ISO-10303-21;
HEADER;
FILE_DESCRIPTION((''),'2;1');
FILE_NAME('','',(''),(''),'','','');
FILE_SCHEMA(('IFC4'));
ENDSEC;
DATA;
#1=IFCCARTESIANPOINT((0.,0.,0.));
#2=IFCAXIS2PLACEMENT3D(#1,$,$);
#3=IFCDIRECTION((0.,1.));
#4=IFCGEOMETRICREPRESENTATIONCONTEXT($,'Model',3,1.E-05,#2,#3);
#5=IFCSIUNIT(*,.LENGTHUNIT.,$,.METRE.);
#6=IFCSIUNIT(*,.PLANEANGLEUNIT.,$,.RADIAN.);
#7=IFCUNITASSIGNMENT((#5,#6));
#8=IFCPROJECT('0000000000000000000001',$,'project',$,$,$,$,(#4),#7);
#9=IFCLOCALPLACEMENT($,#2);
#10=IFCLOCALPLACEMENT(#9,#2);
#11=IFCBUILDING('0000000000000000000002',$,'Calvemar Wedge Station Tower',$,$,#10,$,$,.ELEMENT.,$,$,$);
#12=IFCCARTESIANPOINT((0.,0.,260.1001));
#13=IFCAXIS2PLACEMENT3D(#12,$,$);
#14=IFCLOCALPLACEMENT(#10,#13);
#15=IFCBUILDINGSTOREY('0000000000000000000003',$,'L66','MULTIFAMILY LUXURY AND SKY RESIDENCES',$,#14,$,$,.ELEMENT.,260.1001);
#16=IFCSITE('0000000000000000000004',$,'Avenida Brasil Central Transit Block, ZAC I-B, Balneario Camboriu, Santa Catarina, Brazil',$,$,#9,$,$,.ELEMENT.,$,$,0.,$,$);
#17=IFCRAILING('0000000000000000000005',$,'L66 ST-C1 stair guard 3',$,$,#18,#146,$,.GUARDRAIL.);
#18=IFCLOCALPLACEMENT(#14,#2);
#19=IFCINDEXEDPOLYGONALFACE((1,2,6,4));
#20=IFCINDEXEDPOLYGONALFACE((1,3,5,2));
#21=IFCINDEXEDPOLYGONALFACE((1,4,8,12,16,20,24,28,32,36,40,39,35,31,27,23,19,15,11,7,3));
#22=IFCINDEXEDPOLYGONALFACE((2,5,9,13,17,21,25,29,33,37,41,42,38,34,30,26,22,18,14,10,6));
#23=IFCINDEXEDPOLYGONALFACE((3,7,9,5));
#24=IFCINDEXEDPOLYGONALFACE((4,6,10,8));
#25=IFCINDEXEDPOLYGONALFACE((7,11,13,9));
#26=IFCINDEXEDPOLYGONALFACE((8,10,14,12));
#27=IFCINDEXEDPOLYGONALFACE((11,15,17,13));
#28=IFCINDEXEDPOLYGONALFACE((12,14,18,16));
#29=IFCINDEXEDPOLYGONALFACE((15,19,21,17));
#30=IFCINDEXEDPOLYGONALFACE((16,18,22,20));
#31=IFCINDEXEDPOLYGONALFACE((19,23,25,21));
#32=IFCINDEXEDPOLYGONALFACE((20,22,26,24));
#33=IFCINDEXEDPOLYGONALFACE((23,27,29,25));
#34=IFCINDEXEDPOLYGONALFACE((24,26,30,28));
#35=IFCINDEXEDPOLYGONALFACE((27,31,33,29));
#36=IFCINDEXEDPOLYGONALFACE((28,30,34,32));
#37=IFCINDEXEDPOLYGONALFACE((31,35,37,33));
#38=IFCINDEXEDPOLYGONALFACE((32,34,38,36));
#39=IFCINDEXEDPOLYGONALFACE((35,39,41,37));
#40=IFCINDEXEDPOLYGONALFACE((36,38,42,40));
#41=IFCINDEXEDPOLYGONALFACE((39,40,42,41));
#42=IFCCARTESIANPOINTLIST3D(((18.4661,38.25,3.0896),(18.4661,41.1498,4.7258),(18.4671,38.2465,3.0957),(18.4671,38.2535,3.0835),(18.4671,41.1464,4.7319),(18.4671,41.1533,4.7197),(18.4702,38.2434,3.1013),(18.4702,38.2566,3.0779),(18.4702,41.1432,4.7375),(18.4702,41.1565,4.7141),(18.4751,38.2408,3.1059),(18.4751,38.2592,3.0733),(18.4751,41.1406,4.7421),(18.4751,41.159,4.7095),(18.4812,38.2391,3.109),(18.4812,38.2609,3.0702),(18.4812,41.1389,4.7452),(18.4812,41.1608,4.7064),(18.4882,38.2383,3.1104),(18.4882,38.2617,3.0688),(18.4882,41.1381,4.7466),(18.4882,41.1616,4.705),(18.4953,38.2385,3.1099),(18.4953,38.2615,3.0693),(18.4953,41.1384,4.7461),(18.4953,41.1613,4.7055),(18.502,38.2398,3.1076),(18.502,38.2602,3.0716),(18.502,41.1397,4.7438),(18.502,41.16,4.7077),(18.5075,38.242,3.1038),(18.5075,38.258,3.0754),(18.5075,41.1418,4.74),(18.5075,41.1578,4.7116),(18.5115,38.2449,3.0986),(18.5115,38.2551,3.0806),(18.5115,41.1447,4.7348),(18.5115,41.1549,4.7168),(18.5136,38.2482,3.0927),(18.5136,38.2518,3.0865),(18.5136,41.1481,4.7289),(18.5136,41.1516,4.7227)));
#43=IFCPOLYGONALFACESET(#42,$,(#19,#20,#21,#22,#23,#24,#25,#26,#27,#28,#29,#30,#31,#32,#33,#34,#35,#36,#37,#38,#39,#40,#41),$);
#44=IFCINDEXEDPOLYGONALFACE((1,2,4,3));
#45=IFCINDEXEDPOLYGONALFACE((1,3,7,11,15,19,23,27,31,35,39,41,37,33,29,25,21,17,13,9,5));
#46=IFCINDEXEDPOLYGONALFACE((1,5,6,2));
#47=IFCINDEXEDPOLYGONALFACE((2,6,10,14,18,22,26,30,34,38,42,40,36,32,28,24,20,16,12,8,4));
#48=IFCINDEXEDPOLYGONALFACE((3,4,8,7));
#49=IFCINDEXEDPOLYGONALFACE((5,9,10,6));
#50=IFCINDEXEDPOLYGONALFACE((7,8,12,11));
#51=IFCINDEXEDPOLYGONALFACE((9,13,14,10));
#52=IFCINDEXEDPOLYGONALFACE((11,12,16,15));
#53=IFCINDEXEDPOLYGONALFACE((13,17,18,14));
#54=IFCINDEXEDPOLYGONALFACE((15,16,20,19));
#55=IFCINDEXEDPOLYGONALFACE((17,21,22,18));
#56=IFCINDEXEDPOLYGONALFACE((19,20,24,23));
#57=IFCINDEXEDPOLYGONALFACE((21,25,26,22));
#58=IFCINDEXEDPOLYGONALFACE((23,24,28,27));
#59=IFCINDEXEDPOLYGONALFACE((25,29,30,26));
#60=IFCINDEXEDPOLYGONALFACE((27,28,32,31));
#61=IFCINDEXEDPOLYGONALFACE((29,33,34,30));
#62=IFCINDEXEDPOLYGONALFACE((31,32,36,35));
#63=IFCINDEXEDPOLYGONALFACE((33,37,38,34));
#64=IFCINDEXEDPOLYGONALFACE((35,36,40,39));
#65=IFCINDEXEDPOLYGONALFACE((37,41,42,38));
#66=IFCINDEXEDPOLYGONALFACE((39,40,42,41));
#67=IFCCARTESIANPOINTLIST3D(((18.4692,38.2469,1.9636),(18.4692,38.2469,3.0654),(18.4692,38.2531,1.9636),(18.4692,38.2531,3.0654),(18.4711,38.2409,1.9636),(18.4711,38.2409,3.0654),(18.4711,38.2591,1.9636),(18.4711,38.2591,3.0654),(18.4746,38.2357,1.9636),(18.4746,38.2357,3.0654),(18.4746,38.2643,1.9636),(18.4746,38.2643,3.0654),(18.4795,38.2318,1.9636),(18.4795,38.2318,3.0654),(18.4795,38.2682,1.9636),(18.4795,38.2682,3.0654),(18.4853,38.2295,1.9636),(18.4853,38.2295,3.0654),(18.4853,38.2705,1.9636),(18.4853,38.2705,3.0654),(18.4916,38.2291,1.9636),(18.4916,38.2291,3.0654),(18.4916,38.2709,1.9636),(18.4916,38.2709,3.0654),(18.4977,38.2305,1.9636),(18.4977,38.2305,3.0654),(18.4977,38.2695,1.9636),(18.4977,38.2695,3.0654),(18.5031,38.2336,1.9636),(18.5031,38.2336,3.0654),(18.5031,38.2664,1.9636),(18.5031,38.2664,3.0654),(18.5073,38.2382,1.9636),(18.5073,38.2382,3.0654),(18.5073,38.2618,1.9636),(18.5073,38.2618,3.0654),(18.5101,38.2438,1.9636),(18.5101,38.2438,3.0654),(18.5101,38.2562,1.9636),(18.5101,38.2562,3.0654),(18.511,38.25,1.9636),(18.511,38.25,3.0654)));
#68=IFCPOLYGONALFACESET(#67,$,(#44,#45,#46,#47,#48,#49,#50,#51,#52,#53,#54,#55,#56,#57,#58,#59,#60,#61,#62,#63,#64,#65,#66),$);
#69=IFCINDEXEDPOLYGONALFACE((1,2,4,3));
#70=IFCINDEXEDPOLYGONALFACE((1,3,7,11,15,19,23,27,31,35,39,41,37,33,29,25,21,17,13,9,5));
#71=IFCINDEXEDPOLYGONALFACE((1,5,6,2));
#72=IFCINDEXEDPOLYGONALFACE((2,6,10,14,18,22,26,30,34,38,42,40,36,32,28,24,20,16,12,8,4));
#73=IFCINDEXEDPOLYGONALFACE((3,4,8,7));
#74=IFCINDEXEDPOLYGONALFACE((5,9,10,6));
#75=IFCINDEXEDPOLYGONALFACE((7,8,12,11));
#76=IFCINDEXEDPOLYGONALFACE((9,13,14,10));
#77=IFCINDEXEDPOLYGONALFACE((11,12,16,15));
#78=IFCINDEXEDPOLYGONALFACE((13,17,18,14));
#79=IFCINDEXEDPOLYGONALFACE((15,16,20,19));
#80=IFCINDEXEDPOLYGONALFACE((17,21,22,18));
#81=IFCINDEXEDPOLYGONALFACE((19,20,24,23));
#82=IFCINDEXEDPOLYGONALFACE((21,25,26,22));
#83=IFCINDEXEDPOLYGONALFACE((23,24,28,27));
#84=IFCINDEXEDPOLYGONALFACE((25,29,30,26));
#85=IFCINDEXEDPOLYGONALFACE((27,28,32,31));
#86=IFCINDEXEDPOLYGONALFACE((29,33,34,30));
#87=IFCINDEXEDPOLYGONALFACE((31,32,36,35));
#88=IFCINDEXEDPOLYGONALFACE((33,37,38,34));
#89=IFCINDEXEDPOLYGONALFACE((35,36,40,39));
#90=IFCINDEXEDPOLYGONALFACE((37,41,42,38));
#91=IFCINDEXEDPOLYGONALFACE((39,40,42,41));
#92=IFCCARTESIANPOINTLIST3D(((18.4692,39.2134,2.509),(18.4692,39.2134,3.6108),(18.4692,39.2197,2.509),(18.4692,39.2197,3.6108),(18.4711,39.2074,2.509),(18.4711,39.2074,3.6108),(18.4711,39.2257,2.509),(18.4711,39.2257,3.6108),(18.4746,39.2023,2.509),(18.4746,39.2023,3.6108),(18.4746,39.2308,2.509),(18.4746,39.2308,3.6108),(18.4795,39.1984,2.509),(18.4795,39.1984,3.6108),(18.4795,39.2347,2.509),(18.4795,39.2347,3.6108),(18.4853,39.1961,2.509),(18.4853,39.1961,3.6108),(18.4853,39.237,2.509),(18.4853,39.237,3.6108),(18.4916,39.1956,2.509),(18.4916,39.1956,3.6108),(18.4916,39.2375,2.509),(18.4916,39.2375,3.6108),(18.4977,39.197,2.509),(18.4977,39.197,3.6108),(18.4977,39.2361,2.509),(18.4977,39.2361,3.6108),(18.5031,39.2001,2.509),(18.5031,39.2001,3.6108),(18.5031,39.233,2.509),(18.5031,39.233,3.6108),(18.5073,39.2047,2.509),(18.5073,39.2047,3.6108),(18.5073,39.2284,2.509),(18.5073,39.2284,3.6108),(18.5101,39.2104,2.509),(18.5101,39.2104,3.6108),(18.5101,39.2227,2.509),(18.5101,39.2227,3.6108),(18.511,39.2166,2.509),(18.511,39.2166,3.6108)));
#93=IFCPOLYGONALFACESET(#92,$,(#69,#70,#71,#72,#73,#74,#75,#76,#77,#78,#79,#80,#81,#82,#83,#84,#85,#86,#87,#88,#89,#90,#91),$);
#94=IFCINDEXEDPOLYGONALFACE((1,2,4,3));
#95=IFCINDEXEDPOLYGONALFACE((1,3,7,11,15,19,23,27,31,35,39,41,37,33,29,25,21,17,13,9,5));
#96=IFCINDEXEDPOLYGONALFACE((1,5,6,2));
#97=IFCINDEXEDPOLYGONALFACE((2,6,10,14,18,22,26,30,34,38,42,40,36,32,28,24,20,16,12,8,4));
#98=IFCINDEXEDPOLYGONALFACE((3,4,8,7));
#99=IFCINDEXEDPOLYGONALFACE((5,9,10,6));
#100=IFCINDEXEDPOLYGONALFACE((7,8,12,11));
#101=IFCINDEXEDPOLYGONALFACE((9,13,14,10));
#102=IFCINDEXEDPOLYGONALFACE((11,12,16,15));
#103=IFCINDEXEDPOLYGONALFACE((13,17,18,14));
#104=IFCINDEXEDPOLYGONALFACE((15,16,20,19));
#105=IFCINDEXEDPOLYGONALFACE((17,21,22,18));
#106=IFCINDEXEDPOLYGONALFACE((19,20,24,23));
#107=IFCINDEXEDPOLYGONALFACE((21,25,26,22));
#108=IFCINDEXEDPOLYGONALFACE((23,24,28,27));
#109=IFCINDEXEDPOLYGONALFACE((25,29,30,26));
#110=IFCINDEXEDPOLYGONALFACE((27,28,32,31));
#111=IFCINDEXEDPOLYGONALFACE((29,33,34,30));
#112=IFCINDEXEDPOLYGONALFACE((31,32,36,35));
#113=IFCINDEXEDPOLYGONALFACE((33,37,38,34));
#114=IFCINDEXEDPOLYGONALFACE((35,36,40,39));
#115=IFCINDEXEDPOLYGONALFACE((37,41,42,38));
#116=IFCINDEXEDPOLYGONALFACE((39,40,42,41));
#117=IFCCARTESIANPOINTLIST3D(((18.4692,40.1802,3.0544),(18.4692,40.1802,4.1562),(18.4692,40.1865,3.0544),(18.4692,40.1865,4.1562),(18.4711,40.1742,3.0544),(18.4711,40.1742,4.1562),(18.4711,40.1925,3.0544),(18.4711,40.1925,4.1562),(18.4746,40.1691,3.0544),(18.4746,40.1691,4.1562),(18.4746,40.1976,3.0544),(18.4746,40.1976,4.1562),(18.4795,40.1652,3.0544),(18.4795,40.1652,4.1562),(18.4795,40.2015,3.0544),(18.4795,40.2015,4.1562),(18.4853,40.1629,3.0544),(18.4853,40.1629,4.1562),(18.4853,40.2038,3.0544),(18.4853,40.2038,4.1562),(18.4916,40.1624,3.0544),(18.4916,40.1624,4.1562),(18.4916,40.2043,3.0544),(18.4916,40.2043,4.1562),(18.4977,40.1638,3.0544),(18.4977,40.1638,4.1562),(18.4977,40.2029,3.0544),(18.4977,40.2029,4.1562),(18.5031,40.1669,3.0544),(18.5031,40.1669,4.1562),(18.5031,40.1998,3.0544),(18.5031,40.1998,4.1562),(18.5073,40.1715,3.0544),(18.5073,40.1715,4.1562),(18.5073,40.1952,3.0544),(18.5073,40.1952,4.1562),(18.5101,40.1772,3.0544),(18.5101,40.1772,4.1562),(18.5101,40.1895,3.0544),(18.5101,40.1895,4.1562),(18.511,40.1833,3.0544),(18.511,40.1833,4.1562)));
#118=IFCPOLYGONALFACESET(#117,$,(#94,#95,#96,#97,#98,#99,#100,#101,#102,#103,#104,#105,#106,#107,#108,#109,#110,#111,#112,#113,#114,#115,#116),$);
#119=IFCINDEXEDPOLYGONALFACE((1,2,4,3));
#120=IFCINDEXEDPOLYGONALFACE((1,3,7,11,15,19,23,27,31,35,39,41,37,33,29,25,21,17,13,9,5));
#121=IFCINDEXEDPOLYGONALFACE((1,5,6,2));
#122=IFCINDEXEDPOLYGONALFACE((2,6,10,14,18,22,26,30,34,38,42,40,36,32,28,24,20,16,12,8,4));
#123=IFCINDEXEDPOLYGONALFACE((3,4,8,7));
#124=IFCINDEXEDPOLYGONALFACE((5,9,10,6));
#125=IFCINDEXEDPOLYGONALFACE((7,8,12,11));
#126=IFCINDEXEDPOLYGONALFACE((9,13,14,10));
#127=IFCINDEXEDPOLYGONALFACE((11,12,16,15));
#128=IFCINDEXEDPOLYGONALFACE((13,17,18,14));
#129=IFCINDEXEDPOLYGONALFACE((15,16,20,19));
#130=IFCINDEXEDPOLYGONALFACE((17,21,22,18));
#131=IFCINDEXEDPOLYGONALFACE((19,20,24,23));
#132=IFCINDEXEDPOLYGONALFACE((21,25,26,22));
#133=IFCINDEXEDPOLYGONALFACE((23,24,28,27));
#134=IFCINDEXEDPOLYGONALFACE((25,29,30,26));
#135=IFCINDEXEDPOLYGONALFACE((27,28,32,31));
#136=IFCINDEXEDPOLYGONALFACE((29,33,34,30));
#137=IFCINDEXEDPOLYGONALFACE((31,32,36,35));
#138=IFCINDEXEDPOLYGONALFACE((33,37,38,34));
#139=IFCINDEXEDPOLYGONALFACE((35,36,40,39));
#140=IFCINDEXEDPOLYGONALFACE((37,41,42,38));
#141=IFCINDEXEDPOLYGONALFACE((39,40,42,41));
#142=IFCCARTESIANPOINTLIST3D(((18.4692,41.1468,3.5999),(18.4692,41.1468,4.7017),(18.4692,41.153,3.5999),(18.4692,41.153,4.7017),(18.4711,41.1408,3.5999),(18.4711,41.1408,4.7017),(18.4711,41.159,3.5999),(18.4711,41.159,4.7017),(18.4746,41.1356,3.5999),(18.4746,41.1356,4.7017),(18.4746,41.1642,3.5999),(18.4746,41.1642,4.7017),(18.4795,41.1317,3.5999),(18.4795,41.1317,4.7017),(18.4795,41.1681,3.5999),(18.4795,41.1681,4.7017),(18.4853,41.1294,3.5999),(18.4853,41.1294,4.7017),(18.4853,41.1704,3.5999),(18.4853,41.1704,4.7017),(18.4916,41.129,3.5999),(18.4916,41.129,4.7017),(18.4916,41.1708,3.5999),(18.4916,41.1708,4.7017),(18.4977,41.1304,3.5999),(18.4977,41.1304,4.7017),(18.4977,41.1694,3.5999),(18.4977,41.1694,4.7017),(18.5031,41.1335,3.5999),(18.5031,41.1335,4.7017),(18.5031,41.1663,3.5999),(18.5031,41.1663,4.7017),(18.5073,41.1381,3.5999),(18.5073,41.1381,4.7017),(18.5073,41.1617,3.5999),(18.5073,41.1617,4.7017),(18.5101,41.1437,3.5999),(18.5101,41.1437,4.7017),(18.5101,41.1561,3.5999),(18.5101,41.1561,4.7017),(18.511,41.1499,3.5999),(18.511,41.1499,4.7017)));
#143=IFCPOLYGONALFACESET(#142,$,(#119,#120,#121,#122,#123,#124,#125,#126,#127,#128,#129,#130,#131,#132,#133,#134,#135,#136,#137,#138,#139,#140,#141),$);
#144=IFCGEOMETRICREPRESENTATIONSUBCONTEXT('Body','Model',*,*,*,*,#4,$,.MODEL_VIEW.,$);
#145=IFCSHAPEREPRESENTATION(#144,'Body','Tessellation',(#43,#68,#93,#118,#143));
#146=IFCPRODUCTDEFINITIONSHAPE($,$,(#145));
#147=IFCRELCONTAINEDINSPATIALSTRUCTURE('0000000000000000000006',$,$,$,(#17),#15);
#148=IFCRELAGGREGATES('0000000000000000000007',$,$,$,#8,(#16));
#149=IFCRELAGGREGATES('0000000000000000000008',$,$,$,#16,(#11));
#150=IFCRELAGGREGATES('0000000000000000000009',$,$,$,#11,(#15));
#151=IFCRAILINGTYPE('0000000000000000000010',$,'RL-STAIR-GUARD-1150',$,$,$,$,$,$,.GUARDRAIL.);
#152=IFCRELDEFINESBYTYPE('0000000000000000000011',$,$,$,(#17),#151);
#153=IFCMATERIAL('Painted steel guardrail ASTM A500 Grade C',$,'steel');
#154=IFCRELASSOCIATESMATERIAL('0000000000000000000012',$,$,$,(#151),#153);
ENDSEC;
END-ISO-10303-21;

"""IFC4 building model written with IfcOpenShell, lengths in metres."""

from ifc_helpers import new_model, si_unit, direction, frame, origin, origin_2d, place, context, subcontext, project, spatial, circle, extrude, material, type_object, element, save


model = new_model("IFC4")

# Units and contexts
model_context = context("Model", 3, precision=1e-05, world=origin(), true_north=direction((0.0, 1.0)))
body_context = subcontext(model_context, "Body", "Model", "MODEL_VIEW")
ifc_project = project(units=[si_unit("LENGTHUNIT", "METRE"), si_unit("PLANEANGLEUNIT", "RADIAN")], contexts=[model_context])

# Site, building, storey
site_placement = place(None, origin())
site = spatial("IfcSite", under=ifc_project, at=site_placement, Name="Avenida Brasil Central Transit Block, ZAC I-B, Balneario Camboriu, Santa Catarina, Brazil", CompositionType="ELEMENT", RefElevation=0.0)
building_placement = place(site_placement, origin())
building = spatial("IfcBuilding", under=site, at=building_placement, Name="Calvemar Wedge Station Tower", CompositionType="ELEMENT")
storey_placement = place(building_placement, frame((0.0, 0.0, 260.1001)))
storey = spatial("IfcBuildingStorey", under=building, at=storey_placement, Name="L66", Description="MULTIFAMILY LUXURY AND SKY RESIDENCES", CompositionType="ELEMENT", Elevation=260.1001)

# Railing
ifc_material_1 = material(Name="Painted steel guardrail ASTM A500 Grade C", Category="steel")
railing_type_1 = type_object("IfcRailingType", Name="RL-STAIR-GUARD-1150", PredefinedType="GUARDRAIL", material=ifc_material_1)
railing_1_placement = place(storey_placement, frame((18.49, 38.25, 1.9636)))
element("IfcRailing", 1, at=railing_1_placement, inside=storey, type_object=railing_type_1, Name="L66 ST-C1 stair guard 3", PredefinedType="GUARDRAIL", context=body_context, shape_type="SweptSolid", body=[
    extrude(circle(Radius=0.0239, at=origin_2d()), frame((0.0, 0.0, 1.126), z_axis=(0.0, 0.870929, 0.49141), x_axis=(-1.0, 0.0, 0.0)), (0.0, 0.0, 1.0), 3.3296),
    extrude(circle(Radius=0.021, at=origin_2d()), origin(), (0.0, 0.0, 1.0), 1.1018),
    extrude(circle(Radius=0.021, at=origin_2d()), frame((0.0, 0.9666, 0.5454)), (0.0, 0.0, 1.0), 1.1018),
    extrude(circle(Radius=0.021, at=origin_2d()), frame((0.0, 1.9333, 1.0908)), (0.0, 0.0, 1.0), 1.1018),
    extrude(circle(Radius=0.021, at=origin_2d()), frame((0.0, 2.8999, 1.6362)), (0.0, 0.0, 1.0), 1.1018),
])

save(model, "model.ifc")
